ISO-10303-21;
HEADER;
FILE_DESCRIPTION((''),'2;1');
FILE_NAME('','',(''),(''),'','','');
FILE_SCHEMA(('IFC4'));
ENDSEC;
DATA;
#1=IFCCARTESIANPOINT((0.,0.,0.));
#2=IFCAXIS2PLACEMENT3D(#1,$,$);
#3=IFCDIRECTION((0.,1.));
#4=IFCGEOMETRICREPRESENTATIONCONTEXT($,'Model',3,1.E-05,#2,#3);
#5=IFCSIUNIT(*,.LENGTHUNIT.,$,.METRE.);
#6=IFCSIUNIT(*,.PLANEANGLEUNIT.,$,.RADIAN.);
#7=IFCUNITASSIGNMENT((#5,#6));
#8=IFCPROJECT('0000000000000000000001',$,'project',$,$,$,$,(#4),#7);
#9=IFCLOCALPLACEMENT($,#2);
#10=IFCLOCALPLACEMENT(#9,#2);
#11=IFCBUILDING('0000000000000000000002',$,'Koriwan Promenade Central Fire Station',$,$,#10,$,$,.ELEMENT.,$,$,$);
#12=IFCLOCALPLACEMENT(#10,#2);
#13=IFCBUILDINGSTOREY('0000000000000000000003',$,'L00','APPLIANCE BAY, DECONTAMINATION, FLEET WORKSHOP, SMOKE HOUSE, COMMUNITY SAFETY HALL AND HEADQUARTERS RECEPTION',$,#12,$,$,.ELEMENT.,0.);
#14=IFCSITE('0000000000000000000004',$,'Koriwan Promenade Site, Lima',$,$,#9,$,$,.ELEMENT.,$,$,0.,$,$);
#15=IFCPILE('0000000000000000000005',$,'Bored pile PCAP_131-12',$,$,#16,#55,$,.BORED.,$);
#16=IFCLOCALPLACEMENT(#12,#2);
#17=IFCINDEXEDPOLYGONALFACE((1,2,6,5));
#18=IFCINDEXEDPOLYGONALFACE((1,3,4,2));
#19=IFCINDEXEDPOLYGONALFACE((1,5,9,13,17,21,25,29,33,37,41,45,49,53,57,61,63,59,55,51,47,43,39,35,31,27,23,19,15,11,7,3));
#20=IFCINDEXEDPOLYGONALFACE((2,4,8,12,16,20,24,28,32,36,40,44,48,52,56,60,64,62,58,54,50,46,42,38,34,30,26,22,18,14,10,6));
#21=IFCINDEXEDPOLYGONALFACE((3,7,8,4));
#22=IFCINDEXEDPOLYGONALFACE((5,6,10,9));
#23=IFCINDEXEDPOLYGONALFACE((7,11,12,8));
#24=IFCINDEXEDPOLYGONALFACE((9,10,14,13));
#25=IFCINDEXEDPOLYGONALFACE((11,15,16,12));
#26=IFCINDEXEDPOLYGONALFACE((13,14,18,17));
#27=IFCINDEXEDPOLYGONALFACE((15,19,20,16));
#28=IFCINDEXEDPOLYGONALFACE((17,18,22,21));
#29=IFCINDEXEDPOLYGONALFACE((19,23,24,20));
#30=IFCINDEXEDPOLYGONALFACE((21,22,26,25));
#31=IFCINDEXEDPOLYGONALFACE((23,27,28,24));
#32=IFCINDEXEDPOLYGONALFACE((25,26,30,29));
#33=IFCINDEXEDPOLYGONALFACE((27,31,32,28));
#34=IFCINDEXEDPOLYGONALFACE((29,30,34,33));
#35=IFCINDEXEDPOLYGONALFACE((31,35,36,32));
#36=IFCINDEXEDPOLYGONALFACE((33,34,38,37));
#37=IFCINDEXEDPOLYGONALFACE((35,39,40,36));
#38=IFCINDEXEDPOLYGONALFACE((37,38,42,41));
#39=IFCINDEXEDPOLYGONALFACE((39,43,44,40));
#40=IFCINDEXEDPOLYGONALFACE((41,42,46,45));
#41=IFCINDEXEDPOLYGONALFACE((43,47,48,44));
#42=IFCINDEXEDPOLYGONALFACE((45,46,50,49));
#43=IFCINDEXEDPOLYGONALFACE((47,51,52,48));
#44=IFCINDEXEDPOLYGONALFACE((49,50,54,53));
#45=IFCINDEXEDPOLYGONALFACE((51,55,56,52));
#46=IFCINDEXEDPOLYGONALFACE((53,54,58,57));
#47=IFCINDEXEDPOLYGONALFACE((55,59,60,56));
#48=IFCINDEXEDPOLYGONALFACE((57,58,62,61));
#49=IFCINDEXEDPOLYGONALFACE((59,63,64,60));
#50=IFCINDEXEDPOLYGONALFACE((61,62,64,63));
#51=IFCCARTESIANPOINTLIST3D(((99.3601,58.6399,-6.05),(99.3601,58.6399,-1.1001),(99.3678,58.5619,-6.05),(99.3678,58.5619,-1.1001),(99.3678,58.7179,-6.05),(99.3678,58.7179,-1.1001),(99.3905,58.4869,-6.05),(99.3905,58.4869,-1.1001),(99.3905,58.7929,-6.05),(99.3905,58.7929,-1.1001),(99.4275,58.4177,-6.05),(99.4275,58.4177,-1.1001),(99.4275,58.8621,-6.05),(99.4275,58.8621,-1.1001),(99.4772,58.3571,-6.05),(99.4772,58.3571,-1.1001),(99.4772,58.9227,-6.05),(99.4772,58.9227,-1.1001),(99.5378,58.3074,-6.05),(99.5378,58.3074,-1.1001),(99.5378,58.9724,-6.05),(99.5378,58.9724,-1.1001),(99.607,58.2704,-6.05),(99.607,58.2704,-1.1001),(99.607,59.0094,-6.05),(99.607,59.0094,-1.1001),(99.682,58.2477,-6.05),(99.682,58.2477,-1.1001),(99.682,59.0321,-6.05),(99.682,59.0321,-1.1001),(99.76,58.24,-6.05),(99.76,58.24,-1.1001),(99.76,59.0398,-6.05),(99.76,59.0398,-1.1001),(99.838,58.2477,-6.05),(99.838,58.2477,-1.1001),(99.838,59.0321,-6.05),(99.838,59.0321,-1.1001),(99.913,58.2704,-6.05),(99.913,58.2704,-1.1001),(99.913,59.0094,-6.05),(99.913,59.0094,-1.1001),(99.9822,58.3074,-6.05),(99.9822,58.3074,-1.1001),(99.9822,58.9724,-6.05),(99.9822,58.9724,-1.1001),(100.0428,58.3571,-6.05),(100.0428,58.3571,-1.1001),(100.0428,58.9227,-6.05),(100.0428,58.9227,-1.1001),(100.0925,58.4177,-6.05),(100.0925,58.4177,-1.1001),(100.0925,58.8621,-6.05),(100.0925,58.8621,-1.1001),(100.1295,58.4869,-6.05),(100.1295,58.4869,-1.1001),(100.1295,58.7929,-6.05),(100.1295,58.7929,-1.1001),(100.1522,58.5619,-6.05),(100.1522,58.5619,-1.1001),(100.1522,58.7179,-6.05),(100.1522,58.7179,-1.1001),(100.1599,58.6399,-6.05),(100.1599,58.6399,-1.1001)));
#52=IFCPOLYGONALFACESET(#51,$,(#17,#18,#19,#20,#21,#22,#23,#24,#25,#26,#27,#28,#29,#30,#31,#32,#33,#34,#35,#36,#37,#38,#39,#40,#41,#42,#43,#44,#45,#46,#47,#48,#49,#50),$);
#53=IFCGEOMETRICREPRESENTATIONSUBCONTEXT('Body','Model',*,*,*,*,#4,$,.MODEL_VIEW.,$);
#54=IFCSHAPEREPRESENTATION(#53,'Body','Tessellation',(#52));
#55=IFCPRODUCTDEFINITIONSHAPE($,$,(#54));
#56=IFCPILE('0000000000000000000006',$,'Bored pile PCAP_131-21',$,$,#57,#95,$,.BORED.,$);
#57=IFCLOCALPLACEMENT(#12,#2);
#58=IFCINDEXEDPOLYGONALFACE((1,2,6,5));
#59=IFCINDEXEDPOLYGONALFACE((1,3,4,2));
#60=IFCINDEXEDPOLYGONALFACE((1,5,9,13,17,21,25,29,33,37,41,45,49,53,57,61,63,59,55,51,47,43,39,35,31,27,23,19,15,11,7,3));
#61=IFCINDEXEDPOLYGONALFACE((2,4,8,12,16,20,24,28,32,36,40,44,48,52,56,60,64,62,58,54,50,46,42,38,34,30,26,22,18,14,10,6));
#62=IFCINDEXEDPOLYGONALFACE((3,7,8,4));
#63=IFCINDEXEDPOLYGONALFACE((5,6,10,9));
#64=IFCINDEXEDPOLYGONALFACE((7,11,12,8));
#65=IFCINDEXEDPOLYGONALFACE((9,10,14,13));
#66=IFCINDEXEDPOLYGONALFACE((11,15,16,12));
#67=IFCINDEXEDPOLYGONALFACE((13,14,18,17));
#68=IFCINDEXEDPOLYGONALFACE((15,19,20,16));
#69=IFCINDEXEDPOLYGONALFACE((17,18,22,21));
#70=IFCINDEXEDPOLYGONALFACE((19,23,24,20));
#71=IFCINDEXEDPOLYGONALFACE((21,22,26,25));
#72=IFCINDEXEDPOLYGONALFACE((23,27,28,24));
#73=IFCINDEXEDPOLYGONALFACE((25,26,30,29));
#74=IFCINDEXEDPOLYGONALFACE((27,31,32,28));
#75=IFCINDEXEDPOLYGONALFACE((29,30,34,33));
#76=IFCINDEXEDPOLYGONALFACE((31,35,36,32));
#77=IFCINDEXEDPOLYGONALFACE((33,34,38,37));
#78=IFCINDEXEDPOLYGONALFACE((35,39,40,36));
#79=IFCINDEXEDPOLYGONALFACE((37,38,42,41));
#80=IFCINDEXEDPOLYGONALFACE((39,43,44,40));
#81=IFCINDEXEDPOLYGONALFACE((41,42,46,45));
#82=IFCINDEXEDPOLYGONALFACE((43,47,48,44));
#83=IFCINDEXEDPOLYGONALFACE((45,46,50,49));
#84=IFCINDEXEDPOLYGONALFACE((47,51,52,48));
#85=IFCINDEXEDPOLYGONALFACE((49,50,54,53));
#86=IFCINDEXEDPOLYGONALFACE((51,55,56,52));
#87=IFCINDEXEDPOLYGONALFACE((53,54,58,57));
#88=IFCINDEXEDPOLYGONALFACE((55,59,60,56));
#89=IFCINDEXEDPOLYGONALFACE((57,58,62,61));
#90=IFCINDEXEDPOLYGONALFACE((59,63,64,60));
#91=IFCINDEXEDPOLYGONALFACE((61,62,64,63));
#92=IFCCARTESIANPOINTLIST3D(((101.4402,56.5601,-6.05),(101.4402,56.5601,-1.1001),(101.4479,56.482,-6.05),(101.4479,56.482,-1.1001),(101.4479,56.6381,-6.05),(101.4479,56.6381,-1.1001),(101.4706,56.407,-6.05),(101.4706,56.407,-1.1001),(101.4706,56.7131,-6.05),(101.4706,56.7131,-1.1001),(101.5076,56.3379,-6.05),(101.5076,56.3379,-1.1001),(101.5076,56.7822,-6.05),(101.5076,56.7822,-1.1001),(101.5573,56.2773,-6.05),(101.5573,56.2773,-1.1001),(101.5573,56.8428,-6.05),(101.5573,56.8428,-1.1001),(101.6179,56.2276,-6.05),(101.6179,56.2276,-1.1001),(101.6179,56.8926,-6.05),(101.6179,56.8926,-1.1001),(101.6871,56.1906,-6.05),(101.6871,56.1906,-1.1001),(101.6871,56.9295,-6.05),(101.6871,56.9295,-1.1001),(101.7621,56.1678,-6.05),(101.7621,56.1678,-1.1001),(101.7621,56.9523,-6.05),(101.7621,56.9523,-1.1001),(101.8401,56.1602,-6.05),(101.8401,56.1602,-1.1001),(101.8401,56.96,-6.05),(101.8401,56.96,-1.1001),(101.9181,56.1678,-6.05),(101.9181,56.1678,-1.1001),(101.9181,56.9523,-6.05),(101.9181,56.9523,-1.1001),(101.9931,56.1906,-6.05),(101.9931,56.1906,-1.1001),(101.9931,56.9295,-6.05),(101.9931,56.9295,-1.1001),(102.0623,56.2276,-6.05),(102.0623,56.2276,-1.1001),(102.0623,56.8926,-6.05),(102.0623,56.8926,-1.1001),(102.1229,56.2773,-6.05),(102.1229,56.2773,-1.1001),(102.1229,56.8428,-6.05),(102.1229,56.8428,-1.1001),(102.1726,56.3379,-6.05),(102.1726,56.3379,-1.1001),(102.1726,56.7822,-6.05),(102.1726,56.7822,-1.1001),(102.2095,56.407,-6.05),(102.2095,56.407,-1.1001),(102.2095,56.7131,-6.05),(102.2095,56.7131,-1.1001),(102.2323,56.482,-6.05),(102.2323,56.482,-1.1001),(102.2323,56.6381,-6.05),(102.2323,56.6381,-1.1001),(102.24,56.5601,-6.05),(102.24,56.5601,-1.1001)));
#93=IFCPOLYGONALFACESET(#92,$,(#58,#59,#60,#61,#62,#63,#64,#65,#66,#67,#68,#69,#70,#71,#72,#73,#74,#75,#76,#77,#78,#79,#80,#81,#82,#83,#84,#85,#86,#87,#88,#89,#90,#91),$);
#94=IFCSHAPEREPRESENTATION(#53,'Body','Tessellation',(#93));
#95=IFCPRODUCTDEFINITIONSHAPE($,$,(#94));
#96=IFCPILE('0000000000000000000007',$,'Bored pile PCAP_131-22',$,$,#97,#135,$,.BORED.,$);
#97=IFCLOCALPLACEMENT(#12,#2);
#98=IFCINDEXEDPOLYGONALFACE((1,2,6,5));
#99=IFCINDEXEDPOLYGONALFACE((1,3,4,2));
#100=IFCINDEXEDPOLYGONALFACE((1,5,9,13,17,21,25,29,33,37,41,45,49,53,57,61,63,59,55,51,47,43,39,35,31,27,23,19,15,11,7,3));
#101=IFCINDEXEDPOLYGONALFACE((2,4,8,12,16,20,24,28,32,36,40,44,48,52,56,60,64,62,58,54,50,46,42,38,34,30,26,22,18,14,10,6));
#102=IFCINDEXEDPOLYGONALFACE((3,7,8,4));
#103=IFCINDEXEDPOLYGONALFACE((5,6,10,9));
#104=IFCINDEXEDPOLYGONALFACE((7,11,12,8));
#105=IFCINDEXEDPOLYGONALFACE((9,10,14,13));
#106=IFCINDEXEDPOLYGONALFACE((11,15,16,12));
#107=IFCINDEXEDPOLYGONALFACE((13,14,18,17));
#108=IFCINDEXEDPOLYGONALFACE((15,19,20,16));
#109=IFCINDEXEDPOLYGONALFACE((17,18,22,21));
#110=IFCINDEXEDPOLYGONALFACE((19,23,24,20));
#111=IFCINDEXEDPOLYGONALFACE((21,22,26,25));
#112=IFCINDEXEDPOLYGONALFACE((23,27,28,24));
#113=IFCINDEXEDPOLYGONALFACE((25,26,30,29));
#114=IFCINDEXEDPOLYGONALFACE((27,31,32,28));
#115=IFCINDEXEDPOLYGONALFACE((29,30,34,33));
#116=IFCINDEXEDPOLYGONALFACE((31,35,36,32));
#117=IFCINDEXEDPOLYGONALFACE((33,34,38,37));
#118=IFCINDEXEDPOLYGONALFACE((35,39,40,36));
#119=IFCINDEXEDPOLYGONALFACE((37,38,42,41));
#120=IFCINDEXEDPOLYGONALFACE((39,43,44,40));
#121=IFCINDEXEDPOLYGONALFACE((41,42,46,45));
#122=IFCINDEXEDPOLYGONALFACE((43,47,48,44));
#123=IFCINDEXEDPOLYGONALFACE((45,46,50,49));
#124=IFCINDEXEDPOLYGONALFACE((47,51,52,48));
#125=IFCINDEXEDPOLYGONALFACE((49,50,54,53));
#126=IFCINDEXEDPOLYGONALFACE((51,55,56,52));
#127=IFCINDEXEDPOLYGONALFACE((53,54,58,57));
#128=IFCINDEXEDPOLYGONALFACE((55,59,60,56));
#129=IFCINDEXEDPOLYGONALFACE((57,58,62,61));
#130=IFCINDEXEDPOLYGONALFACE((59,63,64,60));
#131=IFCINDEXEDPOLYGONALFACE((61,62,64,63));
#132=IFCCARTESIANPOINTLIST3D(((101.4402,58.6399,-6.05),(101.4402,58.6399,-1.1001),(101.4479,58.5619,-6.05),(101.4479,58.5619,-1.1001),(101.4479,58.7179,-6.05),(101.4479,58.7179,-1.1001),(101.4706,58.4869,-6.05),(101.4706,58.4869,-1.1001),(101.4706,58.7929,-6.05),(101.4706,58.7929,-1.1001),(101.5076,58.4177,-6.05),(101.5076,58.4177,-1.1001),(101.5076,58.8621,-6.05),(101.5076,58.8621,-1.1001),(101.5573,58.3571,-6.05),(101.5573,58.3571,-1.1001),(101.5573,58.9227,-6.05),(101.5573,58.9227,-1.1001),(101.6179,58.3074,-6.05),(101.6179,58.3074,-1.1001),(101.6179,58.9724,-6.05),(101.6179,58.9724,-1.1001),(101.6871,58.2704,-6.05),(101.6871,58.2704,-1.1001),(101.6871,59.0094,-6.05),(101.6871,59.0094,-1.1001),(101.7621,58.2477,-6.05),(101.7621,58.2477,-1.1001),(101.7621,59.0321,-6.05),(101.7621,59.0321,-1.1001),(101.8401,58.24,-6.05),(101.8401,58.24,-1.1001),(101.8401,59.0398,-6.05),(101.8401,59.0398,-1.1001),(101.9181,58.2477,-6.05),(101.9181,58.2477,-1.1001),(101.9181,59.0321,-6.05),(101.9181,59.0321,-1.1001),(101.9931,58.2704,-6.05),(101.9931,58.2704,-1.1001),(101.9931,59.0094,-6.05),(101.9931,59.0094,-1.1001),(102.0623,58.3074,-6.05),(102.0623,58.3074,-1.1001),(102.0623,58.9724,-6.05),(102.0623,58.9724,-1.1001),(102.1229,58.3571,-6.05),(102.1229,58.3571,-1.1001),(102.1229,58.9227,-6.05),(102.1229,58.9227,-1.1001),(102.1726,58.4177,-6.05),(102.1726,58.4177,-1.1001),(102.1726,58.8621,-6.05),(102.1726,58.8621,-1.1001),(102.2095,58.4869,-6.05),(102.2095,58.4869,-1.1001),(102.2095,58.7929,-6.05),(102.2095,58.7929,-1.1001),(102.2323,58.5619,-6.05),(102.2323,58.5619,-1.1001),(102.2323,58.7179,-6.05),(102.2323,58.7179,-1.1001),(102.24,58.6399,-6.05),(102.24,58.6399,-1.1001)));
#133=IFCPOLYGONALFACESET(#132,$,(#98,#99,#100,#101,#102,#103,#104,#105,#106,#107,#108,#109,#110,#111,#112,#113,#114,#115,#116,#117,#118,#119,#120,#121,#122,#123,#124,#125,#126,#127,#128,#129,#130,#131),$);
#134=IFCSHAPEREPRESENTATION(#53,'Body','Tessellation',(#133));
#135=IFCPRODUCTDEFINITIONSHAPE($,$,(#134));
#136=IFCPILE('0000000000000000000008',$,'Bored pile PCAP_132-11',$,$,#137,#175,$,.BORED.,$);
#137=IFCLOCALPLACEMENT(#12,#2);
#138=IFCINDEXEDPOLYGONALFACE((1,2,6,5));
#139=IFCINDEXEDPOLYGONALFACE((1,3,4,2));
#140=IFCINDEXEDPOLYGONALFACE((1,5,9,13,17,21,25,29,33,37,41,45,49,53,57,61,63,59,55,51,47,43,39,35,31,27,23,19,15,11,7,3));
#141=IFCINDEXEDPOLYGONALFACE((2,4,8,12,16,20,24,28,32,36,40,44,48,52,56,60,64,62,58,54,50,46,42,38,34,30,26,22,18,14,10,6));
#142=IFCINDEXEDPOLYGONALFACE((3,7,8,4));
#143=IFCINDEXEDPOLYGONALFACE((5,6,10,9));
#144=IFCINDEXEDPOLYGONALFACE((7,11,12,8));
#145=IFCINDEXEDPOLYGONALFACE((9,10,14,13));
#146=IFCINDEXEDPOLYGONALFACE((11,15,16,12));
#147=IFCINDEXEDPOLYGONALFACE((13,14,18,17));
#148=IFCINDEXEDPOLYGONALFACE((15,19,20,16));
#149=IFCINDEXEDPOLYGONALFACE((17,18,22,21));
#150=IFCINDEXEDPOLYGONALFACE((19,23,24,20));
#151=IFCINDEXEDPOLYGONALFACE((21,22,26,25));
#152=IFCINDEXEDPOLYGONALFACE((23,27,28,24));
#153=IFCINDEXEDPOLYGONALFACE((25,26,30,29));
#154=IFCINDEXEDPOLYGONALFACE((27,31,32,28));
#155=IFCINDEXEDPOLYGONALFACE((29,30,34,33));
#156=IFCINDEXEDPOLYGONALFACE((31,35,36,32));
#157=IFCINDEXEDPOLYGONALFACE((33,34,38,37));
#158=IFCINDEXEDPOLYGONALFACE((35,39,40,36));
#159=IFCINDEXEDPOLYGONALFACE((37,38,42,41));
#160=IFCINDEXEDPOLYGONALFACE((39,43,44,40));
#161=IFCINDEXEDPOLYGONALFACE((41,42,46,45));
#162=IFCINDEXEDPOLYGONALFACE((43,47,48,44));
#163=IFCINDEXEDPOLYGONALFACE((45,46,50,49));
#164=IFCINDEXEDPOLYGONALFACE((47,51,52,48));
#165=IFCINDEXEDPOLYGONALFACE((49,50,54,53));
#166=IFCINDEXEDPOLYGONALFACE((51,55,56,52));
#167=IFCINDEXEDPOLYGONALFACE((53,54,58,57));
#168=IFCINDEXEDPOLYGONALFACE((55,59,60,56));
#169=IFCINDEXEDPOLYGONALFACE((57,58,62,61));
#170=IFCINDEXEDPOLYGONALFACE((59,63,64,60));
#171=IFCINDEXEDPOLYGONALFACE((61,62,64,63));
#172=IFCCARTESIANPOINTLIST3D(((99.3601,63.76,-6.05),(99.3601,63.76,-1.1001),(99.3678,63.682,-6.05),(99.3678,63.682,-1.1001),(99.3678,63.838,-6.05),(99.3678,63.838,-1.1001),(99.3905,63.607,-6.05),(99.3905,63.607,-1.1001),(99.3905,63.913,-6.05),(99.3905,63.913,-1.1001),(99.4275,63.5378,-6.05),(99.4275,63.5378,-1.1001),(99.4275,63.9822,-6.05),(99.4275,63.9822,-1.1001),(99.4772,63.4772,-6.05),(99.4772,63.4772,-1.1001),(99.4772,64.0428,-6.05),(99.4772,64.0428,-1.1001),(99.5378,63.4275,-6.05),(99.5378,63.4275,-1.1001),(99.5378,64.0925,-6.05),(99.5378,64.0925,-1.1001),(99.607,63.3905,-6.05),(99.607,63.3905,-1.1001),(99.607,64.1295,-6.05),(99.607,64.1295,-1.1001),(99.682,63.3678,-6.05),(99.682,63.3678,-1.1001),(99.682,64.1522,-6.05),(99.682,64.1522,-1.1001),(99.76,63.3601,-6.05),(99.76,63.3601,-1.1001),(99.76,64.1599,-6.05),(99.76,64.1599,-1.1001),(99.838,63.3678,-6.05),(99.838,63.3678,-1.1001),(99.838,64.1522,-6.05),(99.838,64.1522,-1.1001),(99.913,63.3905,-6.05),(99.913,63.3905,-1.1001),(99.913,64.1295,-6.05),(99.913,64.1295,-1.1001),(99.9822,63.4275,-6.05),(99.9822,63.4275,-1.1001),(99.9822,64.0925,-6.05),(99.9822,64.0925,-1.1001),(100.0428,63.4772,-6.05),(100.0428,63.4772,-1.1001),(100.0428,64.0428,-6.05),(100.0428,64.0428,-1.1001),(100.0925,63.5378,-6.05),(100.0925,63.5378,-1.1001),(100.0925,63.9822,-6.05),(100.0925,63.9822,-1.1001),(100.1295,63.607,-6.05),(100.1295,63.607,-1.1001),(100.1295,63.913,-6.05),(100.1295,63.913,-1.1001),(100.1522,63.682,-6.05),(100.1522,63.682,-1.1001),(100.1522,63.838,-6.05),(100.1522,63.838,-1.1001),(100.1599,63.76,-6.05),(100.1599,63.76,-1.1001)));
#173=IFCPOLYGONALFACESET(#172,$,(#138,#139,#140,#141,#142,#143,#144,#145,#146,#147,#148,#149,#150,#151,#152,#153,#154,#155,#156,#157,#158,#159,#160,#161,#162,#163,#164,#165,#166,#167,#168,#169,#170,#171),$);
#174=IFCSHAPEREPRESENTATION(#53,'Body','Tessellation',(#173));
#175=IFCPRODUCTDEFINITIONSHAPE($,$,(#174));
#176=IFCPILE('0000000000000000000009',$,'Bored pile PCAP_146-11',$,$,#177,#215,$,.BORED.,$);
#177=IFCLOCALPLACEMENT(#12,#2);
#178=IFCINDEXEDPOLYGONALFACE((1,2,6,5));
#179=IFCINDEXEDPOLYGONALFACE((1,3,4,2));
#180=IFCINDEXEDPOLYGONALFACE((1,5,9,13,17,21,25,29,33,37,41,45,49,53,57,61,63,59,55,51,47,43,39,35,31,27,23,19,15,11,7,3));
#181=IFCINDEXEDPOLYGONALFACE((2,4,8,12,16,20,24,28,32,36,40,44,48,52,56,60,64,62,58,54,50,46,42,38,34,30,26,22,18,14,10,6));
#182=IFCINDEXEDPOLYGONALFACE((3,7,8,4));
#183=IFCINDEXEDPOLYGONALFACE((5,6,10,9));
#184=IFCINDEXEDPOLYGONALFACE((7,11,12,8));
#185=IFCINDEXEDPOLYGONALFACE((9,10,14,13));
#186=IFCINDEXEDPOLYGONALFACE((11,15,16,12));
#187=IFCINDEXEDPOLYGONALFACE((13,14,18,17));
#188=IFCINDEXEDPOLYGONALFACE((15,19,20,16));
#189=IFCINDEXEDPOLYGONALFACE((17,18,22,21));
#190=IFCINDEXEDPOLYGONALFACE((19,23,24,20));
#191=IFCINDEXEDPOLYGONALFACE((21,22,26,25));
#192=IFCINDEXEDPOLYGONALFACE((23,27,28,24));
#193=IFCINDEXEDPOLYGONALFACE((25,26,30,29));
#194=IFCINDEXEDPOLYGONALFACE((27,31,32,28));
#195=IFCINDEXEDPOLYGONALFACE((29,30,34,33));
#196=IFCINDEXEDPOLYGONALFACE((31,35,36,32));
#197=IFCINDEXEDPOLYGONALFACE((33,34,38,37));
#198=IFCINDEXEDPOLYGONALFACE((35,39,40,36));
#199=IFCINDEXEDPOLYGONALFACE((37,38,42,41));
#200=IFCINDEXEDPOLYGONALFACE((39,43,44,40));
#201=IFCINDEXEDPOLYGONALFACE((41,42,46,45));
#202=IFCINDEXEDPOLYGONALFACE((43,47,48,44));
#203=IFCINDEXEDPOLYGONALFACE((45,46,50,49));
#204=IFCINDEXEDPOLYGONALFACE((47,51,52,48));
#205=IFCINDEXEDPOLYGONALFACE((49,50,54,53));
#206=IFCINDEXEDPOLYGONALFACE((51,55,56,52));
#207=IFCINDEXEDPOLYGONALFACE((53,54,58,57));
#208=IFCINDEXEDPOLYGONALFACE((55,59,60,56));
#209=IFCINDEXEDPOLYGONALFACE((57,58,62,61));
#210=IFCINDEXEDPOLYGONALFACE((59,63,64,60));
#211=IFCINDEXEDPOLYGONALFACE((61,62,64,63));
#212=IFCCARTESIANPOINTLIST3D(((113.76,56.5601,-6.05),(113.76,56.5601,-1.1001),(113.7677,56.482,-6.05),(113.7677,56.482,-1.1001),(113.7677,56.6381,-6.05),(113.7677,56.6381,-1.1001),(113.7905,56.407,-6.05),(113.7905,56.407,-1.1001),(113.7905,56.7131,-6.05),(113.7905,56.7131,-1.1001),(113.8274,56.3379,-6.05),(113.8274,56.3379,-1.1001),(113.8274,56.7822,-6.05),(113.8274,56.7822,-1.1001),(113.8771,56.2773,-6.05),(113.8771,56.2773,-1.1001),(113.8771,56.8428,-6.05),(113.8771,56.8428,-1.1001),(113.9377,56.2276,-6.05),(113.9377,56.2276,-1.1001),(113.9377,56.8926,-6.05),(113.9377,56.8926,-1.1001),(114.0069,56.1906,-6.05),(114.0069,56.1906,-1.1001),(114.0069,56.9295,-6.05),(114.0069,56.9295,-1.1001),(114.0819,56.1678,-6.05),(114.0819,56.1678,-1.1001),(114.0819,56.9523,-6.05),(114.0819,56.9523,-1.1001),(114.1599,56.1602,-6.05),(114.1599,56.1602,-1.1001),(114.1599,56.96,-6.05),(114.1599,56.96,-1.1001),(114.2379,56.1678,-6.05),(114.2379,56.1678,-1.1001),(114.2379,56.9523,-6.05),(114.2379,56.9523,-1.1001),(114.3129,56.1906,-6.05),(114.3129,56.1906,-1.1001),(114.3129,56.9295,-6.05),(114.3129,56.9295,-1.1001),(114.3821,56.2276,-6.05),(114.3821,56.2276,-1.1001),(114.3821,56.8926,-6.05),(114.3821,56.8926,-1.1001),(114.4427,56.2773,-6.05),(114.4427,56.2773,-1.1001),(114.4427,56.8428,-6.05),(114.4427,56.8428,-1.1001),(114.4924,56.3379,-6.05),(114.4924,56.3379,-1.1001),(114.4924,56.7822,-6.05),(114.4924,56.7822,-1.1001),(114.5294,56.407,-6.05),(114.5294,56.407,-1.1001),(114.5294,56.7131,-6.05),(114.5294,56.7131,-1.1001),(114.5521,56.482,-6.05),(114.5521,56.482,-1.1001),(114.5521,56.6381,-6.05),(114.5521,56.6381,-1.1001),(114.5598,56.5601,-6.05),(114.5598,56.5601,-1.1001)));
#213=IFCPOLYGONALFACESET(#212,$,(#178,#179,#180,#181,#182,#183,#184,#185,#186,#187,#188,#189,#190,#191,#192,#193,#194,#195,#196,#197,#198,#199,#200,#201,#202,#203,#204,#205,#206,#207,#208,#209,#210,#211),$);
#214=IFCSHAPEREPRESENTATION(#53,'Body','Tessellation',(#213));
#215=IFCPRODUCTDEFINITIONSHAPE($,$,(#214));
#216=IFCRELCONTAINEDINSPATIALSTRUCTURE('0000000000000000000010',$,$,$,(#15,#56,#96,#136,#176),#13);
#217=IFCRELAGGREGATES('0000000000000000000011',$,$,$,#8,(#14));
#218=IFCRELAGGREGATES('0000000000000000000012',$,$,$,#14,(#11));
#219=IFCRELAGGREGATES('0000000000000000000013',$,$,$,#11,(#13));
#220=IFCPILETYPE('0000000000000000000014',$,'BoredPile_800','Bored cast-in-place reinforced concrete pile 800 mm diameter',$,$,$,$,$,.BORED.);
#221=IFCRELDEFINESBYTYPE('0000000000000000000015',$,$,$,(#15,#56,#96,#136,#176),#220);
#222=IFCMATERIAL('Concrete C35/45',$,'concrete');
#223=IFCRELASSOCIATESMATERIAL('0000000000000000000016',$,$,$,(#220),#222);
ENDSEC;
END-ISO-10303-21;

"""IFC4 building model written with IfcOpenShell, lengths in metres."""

from ifc_helpers import new_model, si_unit, direction, frame, origin, origin_2d, place, context, subcontext, project, spatial, circle, extrude, material, material_profile, profile_set, type_object, element, save


model = new_model("IFC4")

# Units and contexts
model_context = context("Model", 3, precision=1e-05, world=origin(), true_north=direction((0.0, 1.0)))
body_context = subcontext(model_context, "Body", "Model", "MODEL_VIEW")
ifc_project = project(units=[si_unit("LENGTHUNIT", "METRE"), si_unit("PLANEANGLEUNIT", "RADIAN")], contexts=[model_context])

# Site, building, storey
site_placement = place(None, origin())
site = spatial("IfcSite", under=ifc_project, at=site_placement, Name="Koriwan Promenade Site, Lima", CompositionType="ELEMENT", RefElevation=0.0)
building_placement = place(site_placement, origin())
building = spatial("IfcBuilding", under=site, at=building_placement, Name="Koriwan Promenade Central Fire Station", CompositionType="ELEMENT")
storey_placement = place(building_placement, origin())
storey = spatial("IfcBuildingStorey", under=building, at=storey_placement, Name="L00", Description="APPLIANCE BAY, DECONTAMINATION, FLEET WORKSHOP, SMOKE HOUSE, COMMUNITY SAFETY HALL AND HEADQUARTERS RECEPTION", CompositionType="ELEMENT", Elevation=0.0)

# Piles
ifc_material_1 = material(Name="Concrete C35/45", Category="concrete")
ifc_material_profile_1 = material_profile(ifc_material_1, circle(Radius=0.3999, at=origin_2d()), Name="PILE-D800")
ifc_profile_set_1 = profile_set([ifc_material_profile_1], Name="Concrete C35/45")
pile_type = type_object("IfcPileType", Name="BoredPile_800", Description="Bored cast-in-place reinforced concrete pile 800 mm diameter", PredefinedType="BORED", material=ifc_profile_set_1)
for number, where, z_axis, x_axis, name in (
    (1, (99.76, 58.6399, -1.1001), (0.0, 0.0, -1.0), (1.0, 0.0, 0.0), "Bored pile PCAP_131-12"),
    (2, (101.8401, 56.5601, -1.1001), (0.0, 0.0, -1.0), (1.0, 0.0, 0.0), "Bored pile PCAP_131-21"),
    (3, (101.8401, 58.6399, -1.1001), (0.0, 0.0, -1.0), (1.0, 0.0, 0.0), "Bored pile PCAP_131-22"),
    (4, (99.76, 63.76, -1.1001), (0.0, 0.0, -1.0), (1.0, 0.0, 0.0), "Bored pile PCAP_132-11"),
    (5, (114.1599, 56.5601, -1.1001), (0.0, 0.0, -1.0), (1.0, 0.0, 0.0), "Bored pile PCAP_146-11"),
):
    element("IfcPile", number, at=place(storey_placement, frame(where, z_axis=z_axis, x_axis=x_axis)), inside=storey, type_object=pile_type, Name=name, PredefinedType="BORED", context=body_context, shape_type="SweptSolid", body=[
        extrude(circle(Radius=0.3999, at=origin_2d()), origin(), (0.0, 0.0, 1.0), 4.95),
    ])

save(model, "model.ifc")
